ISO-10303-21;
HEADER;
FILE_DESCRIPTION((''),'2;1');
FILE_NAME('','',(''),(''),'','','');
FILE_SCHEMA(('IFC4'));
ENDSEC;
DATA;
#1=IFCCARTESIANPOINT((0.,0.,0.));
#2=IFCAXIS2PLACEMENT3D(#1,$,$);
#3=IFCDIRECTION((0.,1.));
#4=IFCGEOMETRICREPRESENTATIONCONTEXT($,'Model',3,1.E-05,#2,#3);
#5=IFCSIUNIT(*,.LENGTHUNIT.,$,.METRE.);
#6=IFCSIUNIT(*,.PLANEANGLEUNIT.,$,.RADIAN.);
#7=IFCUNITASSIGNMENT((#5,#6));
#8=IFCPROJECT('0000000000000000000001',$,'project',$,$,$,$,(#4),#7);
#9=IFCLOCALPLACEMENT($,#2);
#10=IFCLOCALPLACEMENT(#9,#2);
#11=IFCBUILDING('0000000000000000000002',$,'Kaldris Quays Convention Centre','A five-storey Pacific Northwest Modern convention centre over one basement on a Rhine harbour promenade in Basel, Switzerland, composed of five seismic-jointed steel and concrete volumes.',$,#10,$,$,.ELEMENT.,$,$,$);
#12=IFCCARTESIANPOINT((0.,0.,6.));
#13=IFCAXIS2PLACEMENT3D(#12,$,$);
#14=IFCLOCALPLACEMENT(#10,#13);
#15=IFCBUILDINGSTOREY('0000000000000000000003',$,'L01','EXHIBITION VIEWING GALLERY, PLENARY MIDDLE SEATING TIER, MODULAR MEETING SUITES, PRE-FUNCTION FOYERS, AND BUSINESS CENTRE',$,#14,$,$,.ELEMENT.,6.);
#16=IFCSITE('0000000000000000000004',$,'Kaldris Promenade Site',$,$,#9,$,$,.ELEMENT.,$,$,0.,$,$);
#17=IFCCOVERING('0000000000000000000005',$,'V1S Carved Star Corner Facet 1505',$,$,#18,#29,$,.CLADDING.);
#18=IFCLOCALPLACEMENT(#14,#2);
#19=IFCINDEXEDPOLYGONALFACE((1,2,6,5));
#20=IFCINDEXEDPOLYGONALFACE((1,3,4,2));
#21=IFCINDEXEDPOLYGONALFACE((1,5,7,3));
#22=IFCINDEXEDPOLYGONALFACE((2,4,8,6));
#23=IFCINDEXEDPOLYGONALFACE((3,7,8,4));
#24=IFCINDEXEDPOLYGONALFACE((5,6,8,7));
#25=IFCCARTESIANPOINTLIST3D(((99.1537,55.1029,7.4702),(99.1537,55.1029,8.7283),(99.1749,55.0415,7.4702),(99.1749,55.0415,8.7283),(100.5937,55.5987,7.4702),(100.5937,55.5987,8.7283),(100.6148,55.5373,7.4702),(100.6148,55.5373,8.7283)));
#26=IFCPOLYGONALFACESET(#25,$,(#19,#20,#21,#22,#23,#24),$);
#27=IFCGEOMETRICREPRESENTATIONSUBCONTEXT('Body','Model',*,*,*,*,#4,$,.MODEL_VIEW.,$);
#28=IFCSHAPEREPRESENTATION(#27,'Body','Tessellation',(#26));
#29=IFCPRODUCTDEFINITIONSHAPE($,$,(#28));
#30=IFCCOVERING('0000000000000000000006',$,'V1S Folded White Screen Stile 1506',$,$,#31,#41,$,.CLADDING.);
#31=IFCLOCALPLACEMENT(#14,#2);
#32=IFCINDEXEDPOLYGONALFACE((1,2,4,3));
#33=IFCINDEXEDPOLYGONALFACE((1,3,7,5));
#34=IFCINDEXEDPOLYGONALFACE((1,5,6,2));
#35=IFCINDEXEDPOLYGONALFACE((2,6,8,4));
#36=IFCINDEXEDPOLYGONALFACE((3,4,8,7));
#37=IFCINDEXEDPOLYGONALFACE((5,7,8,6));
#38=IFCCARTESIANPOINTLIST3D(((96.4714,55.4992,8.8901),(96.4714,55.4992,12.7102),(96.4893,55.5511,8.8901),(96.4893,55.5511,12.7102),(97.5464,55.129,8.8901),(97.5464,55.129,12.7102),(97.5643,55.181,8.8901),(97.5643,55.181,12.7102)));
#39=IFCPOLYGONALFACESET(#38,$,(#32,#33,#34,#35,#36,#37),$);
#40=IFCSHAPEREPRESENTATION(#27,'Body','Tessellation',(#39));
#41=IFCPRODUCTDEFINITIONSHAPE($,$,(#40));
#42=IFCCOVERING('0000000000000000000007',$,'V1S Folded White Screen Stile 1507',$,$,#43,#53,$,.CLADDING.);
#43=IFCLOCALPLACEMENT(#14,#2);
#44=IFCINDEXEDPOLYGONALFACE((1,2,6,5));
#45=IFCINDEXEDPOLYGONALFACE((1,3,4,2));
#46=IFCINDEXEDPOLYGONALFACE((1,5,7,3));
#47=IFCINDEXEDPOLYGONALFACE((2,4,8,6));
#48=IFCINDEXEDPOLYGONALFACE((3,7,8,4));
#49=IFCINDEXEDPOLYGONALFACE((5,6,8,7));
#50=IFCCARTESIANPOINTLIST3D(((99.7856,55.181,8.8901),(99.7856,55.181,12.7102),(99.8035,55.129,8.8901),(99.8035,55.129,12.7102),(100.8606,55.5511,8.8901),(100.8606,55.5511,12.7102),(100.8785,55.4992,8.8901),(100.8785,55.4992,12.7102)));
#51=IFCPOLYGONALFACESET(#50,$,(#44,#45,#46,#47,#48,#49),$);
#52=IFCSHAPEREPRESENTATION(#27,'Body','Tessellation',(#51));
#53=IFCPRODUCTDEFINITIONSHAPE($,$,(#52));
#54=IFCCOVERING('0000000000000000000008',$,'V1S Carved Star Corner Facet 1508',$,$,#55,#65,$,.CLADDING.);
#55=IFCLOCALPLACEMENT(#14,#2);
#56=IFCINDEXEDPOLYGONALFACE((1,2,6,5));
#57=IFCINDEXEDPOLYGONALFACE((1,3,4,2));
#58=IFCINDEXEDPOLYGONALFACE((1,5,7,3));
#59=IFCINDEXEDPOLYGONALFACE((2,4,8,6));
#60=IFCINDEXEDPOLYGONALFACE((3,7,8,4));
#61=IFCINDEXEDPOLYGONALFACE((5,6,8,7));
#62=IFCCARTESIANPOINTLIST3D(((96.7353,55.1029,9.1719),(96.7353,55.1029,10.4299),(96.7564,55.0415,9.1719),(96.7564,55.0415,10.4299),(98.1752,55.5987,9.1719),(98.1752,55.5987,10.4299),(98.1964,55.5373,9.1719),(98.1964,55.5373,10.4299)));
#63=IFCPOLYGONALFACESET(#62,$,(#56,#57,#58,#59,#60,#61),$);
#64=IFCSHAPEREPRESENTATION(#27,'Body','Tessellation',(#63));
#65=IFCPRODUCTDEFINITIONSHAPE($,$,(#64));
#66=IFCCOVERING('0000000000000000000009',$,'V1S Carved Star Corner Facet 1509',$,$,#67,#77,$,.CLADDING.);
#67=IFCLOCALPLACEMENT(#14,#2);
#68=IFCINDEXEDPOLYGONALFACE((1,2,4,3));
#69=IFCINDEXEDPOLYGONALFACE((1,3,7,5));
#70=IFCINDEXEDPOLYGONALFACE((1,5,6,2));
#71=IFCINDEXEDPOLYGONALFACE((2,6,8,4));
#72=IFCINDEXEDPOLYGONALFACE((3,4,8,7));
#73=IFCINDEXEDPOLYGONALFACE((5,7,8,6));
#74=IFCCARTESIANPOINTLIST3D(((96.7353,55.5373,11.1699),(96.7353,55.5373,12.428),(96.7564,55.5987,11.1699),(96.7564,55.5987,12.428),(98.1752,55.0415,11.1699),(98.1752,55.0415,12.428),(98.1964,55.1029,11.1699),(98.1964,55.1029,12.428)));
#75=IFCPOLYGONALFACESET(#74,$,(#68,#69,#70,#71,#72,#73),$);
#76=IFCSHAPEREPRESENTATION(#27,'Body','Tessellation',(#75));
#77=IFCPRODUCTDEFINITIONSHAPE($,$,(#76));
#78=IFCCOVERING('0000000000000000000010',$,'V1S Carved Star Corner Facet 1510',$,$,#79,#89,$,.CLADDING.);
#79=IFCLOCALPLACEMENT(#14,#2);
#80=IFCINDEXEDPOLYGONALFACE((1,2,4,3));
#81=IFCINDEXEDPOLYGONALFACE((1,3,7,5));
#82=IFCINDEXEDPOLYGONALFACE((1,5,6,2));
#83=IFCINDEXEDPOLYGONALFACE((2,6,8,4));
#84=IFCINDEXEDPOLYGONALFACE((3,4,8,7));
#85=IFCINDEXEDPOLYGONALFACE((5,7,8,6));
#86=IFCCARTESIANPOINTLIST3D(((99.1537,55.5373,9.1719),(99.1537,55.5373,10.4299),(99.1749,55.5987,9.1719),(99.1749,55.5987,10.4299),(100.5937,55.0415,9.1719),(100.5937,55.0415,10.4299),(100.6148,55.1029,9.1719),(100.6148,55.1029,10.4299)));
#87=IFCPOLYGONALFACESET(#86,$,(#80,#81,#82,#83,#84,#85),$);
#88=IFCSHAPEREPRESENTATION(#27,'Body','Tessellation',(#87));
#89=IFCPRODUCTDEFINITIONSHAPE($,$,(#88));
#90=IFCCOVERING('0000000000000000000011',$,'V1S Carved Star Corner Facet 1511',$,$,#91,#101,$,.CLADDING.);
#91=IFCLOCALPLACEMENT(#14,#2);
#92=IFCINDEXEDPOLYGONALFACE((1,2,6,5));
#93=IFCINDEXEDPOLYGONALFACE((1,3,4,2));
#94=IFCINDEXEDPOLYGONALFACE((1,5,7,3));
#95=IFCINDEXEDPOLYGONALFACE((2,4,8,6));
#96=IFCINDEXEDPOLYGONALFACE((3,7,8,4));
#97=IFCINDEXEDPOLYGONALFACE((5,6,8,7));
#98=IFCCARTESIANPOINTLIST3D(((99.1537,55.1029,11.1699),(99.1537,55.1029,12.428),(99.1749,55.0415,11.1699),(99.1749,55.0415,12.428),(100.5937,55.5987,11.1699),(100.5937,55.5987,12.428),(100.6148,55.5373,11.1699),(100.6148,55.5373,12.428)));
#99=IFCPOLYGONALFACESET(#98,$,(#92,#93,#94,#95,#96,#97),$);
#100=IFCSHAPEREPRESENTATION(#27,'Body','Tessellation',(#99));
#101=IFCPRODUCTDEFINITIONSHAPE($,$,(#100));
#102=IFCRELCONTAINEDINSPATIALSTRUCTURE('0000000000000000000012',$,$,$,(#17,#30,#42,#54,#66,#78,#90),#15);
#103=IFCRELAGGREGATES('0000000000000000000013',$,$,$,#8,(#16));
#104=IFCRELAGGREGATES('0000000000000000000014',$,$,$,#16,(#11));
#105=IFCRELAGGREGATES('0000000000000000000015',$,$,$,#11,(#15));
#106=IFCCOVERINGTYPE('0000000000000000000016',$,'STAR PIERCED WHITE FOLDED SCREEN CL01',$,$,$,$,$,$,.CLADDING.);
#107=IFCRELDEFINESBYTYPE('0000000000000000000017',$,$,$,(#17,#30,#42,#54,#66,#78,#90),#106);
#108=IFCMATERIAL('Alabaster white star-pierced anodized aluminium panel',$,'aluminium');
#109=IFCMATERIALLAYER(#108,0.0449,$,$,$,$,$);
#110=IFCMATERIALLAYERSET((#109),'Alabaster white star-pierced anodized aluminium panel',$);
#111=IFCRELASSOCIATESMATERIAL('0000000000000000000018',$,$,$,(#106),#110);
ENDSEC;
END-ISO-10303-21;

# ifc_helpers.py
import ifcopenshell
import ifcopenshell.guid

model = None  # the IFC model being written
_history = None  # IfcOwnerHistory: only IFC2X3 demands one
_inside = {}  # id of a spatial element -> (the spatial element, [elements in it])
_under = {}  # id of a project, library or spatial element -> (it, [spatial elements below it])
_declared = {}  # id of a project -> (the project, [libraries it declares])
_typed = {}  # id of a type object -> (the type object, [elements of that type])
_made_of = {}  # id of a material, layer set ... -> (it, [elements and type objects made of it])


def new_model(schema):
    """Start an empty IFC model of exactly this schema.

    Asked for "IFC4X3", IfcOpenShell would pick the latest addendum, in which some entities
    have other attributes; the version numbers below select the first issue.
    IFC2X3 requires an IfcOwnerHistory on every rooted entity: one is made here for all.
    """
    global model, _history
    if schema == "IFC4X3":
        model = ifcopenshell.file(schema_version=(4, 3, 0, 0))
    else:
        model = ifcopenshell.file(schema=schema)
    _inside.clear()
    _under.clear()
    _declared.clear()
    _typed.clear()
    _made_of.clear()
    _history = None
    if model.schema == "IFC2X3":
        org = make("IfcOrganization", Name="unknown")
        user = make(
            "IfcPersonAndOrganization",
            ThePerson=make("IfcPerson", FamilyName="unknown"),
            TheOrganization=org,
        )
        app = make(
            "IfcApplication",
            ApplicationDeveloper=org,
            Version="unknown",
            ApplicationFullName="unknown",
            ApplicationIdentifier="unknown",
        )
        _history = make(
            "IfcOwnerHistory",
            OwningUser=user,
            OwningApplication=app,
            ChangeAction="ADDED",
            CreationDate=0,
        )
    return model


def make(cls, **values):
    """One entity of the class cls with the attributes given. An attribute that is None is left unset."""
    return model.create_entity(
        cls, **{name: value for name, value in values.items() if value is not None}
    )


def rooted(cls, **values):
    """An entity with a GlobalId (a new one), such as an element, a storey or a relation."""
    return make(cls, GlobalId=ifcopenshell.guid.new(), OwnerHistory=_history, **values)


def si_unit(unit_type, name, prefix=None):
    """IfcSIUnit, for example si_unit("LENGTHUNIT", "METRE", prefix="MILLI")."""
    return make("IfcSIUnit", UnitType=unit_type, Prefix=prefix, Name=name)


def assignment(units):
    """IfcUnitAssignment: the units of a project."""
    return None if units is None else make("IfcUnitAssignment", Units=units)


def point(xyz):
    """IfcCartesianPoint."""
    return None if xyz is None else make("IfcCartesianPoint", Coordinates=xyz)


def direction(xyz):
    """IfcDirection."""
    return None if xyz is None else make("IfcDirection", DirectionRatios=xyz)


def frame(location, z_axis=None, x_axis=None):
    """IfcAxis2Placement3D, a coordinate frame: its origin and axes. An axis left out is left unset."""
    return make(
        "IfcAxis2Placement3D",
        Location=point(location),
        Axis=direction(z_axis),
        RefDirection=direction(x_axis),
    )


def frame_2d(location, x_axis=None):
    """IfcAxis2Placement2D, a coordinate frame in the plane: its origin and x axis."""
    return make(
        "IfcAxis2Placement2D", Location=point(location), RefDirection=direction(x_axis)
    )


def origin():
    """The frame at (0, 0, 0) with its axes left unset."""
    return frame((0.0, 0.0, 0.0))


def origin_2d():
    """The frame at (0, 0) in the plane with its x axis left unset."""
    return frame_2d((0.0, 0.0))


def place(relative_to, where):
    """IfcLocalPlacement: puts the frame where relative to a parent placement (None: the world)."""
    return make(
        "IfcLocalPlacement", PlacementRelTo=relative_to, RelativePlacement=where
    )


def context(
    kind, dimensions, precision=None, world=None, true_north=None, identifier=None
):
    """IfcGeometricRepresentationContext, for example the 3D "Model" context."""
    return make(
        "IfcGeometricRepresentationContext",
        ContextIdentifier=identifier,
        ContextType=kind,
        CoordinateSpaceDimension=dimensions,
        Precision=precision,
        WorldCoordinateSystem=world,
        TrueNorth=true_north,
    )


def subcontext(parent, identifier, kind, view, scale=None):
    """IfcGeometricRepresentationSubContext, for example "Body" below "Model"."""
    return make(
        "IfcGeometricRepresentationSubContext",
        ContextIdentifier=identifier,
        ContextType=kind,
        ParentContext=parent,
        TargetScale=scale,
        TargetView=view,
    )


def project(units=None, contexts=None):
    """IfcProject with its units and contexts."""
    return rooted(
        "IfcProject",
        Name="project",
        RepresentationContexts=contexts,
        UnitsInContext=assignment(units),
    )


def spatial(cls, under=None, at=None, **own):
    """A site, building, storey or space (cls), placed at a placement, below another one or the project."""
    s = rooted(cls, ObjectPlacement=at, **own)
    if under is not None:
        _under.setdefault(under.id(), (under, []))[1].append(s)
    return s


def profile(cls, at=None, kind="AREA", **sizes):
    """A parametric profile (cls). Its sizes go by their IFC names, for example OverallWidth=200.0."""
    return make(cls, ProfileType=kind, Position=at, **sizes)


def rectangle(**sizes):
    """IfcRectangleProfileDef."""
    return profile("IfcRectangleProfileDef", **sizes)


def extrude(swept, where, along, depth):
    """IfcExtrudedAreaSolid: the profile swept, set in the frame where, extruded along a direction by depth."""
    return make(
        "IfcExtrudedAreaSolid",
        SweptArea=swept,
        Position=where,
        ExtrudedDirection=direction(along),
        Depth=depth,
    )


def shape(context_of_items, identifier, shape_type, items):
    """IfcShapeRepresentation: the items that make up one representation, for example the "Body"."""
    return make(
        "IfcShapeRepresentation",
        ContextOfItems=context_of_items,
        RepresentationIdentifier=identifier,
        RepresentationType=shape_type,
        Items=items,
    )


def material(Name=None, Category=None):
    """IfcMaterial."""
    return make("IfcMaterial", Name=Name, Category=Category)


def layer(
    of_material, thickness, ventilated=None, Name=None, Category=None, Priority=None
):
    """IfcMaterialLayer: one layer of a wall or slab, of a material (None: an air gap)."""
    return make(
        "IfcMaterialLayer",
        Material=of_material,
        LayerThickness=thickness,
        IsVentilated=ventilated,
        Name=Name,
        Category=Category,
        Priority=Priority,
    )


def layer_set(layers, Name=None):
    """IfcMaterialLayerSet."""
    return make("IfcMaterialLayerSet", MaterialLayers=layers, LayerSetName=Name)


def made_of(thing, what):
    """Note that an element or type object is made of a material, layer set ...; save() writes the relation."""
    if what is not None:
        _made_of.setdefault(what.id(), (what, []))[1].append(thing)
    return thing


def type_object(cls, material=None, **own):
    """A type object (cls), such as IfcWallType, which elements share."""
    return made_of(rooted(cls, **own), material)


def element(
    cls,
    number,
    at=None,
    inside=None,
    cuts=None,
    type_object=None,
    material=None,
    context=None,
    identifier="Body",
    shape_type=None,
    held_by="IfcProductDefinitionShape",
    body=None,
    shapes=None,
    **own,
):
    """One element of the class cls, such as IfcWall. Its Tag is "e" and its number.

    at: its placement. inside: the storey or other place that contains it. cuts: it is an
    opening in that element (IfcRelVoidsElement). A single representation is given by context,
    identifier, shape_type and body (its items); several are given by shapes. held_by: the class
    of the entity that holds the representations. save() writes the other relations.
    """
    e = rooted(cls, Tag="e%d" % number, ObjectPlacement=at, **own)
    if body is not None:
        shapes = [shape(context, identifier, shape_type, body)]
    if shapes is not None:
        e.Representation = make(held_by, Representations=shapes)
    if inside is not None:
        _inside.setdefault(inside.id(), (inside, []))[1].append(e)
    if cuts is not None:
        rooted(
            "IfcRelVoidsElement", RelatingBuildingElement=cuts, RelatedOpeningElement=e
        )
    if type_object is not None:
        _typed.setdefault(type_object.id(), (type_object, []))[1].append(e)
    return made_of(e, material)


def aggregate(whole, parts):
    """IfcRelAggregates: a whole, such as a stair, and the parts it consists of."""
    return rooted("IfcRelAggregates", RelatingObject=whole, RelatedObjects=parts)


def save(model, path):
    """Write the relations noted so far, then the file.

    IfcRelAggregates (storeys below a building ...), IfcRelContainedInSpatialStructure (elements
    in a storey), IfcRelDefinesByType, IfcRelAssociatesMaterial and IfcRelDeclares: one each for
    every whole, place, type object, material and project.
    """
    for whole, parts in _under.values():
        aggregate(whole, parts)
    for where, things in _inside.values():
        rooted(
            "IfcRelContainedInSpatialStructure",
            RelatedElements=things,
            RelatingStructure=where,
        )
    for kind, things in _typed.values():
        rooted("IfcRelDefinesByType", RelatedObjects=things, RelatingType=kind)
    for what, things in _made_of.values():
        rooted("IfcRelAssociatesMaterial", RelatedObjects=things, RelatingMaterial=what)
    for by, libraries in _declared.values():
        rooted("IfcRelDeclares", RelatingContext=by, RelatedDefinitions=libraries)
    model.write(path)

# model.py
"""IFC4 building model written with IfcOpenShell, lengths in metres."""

from ifc_helpers import new_model, si_unit, direction, frame, origin, origin_2d, place, context, subcontext, project, spatial, rectangle, extrude, material, layer, layer_set, type_object, element, save


model = new_model("IFC4")

# Units and contexts
model_context = context("Model", 3, precision=1e-05, world=origin(), true_north=direction((0.0, 1.0)))
body_context = subcontext(model_context, "Body", "Model", "MODEL_VIEW")
ifc_project = project(units=[si_unit("LENGTHUNIT", "METRE"), si_unit("PLANEANGLEUNIT", "RADIAN")], contexts=[model_context])

# Site, building, storey
site_placement = place(None, origin())
site = spatial("IfcSite", under=ifc_project, at=site_placement, Name="Kaldris Promenade Site", CompositionType="ELEMENT", RefElevation=0.0)
building_placement = place(site_placement, origin())
building = spatial("IfcBuilding", under=site, at=building_placement, Name="Kaldris Quays Convention Centre", Description="A five-storey Pacific Northwest Modern convention centre over one basement on a Rhine harbour promenade in Basel, Switzerland, composed of five seismic-jointed steel and concrete volumes.", CompositionType="ELEMENT")
storey_placement = place(building_placement, frame((0.0, 0.0, 6.0)))
storey = spatial("IfcBuildingStorey", under=building, at=storey_placement, Name="L01", Description="EXHIBITION VIEWING GALLERY, PLENARY MIDDLE SEATING TIER, MODULAR MEETING SUITES, PRE-FUNCTION FOYERS, AND BUSINESS CENTRE", CompositionType="ELEMENT", Elevation=6.0)

# Coverings
ifc_material = material(Name="Alabaster white star-pierced anodized aluminium panel", Category="aluminium")
ifc_layer = layer(ifc_material, 0.0449)
ifc_layer_set = layer_set([ifc_layer], Name="Alabaster white star-pierced anodized aluminium panel")
covering_type = type_object("IfcCoveringType", Name="STAR PIERCED WHITE FOLDED SCREEN CL01", PredefinedType="CLADDING", material=ifc_layer_set)
for number, where, z_axis, x_axis, name in (
    (1, (99.8843, 55.3201, 7.4702), (0.0, 0.0, 1.0), (0.945519, 0.325568, 0.0), "V1S Carved Star Corner Facet 1505"),
):
    element("IfcCovering", number, at=place(storey_placement, frame(where, z_axis=z_axis, x_axis=x_axis)), inside=storey, type_object=covering_type, Name=name, PredefinedType="CLADDING", context=body_context, shape_type="SweptSolid", body=[
        extrude(rectangle(XDim=1.5229, YDim=0.0649, at=origin_2d()), origin(), (0.0, 0.0, 1.0), 1.2581),
    ])
for number, where, z_axis, x_axis, name in (
    (2, (97.0178, 55.3401, 8.8901), (0.0, 0.0, 1.0), (0.945519, -0.325568, 0.0), "V1S Folded White Screen Stile 1506"),
    (3, (100.332, 55.3401, 8.8901), (0.0, 0.0, 1.0), (0.945519, 0.325568, 0.0), "V1S Folded White Screen Stile 1507"),
):
    element("IfcCovering", number, at=place(storey_placement, frame(where, z_axis=z_axis, x_axis=x_axis)), inside=storey, type_object=covering_type, Name=name, PredefinedType="CLADDING", context=body_context, shape_type="SweptSolid", body=[
        extrude(rectangle(XDim=1.137, YDim=0.0549, at=origin_2d()), origin(), (0.0, 0.0, 1.0), 3.8201),
    ])
for number, where, z_axis, x_axis, name in (
    (4, (97.4658, 55.3201, 9.1719), (0.0, 0.0, 1.0), (0.945519, 0.325568, 0.0), "V1S Carved Star Corner Facet 1508"),
    (5, (97.4658, 55.3201, 11.1699), (0.0, 0.0, 1.0), (0.945519, -0.325568, 0.0), "V1S Carved Star Corner Facet 1509"),
    (6, (99.8843, 55.3201, 9.1719), (0.0, 0.0, 1.0), (0.945519, -0.325568, 0.0), "V1S Carved Star Corner Facet 1510"),
    (7, (99.8843, 55.3201, 11.1699), (0.0, 0.0, 1.0), (0.945519, 0.325568, 0.0), "V1S Carved Star Corner Facet 1511"),
):
    element("IfcCovering", number, at=place(storey_placement, frame(where, z_axis=z_axis, x_axis=x_axis)), inside=storey, type_object=covering_type, Name=name, PredefinedType="CLADDING", context=body_context, shape_type="SweptSolid", body=[
        extrude(rectangle(XDim=1.5229, YDim=0.0649, at=origin_2d()), origin(), (0.0, 0.0, 1.0), 1.2581),
    ])

save(model, "model.ifc")
